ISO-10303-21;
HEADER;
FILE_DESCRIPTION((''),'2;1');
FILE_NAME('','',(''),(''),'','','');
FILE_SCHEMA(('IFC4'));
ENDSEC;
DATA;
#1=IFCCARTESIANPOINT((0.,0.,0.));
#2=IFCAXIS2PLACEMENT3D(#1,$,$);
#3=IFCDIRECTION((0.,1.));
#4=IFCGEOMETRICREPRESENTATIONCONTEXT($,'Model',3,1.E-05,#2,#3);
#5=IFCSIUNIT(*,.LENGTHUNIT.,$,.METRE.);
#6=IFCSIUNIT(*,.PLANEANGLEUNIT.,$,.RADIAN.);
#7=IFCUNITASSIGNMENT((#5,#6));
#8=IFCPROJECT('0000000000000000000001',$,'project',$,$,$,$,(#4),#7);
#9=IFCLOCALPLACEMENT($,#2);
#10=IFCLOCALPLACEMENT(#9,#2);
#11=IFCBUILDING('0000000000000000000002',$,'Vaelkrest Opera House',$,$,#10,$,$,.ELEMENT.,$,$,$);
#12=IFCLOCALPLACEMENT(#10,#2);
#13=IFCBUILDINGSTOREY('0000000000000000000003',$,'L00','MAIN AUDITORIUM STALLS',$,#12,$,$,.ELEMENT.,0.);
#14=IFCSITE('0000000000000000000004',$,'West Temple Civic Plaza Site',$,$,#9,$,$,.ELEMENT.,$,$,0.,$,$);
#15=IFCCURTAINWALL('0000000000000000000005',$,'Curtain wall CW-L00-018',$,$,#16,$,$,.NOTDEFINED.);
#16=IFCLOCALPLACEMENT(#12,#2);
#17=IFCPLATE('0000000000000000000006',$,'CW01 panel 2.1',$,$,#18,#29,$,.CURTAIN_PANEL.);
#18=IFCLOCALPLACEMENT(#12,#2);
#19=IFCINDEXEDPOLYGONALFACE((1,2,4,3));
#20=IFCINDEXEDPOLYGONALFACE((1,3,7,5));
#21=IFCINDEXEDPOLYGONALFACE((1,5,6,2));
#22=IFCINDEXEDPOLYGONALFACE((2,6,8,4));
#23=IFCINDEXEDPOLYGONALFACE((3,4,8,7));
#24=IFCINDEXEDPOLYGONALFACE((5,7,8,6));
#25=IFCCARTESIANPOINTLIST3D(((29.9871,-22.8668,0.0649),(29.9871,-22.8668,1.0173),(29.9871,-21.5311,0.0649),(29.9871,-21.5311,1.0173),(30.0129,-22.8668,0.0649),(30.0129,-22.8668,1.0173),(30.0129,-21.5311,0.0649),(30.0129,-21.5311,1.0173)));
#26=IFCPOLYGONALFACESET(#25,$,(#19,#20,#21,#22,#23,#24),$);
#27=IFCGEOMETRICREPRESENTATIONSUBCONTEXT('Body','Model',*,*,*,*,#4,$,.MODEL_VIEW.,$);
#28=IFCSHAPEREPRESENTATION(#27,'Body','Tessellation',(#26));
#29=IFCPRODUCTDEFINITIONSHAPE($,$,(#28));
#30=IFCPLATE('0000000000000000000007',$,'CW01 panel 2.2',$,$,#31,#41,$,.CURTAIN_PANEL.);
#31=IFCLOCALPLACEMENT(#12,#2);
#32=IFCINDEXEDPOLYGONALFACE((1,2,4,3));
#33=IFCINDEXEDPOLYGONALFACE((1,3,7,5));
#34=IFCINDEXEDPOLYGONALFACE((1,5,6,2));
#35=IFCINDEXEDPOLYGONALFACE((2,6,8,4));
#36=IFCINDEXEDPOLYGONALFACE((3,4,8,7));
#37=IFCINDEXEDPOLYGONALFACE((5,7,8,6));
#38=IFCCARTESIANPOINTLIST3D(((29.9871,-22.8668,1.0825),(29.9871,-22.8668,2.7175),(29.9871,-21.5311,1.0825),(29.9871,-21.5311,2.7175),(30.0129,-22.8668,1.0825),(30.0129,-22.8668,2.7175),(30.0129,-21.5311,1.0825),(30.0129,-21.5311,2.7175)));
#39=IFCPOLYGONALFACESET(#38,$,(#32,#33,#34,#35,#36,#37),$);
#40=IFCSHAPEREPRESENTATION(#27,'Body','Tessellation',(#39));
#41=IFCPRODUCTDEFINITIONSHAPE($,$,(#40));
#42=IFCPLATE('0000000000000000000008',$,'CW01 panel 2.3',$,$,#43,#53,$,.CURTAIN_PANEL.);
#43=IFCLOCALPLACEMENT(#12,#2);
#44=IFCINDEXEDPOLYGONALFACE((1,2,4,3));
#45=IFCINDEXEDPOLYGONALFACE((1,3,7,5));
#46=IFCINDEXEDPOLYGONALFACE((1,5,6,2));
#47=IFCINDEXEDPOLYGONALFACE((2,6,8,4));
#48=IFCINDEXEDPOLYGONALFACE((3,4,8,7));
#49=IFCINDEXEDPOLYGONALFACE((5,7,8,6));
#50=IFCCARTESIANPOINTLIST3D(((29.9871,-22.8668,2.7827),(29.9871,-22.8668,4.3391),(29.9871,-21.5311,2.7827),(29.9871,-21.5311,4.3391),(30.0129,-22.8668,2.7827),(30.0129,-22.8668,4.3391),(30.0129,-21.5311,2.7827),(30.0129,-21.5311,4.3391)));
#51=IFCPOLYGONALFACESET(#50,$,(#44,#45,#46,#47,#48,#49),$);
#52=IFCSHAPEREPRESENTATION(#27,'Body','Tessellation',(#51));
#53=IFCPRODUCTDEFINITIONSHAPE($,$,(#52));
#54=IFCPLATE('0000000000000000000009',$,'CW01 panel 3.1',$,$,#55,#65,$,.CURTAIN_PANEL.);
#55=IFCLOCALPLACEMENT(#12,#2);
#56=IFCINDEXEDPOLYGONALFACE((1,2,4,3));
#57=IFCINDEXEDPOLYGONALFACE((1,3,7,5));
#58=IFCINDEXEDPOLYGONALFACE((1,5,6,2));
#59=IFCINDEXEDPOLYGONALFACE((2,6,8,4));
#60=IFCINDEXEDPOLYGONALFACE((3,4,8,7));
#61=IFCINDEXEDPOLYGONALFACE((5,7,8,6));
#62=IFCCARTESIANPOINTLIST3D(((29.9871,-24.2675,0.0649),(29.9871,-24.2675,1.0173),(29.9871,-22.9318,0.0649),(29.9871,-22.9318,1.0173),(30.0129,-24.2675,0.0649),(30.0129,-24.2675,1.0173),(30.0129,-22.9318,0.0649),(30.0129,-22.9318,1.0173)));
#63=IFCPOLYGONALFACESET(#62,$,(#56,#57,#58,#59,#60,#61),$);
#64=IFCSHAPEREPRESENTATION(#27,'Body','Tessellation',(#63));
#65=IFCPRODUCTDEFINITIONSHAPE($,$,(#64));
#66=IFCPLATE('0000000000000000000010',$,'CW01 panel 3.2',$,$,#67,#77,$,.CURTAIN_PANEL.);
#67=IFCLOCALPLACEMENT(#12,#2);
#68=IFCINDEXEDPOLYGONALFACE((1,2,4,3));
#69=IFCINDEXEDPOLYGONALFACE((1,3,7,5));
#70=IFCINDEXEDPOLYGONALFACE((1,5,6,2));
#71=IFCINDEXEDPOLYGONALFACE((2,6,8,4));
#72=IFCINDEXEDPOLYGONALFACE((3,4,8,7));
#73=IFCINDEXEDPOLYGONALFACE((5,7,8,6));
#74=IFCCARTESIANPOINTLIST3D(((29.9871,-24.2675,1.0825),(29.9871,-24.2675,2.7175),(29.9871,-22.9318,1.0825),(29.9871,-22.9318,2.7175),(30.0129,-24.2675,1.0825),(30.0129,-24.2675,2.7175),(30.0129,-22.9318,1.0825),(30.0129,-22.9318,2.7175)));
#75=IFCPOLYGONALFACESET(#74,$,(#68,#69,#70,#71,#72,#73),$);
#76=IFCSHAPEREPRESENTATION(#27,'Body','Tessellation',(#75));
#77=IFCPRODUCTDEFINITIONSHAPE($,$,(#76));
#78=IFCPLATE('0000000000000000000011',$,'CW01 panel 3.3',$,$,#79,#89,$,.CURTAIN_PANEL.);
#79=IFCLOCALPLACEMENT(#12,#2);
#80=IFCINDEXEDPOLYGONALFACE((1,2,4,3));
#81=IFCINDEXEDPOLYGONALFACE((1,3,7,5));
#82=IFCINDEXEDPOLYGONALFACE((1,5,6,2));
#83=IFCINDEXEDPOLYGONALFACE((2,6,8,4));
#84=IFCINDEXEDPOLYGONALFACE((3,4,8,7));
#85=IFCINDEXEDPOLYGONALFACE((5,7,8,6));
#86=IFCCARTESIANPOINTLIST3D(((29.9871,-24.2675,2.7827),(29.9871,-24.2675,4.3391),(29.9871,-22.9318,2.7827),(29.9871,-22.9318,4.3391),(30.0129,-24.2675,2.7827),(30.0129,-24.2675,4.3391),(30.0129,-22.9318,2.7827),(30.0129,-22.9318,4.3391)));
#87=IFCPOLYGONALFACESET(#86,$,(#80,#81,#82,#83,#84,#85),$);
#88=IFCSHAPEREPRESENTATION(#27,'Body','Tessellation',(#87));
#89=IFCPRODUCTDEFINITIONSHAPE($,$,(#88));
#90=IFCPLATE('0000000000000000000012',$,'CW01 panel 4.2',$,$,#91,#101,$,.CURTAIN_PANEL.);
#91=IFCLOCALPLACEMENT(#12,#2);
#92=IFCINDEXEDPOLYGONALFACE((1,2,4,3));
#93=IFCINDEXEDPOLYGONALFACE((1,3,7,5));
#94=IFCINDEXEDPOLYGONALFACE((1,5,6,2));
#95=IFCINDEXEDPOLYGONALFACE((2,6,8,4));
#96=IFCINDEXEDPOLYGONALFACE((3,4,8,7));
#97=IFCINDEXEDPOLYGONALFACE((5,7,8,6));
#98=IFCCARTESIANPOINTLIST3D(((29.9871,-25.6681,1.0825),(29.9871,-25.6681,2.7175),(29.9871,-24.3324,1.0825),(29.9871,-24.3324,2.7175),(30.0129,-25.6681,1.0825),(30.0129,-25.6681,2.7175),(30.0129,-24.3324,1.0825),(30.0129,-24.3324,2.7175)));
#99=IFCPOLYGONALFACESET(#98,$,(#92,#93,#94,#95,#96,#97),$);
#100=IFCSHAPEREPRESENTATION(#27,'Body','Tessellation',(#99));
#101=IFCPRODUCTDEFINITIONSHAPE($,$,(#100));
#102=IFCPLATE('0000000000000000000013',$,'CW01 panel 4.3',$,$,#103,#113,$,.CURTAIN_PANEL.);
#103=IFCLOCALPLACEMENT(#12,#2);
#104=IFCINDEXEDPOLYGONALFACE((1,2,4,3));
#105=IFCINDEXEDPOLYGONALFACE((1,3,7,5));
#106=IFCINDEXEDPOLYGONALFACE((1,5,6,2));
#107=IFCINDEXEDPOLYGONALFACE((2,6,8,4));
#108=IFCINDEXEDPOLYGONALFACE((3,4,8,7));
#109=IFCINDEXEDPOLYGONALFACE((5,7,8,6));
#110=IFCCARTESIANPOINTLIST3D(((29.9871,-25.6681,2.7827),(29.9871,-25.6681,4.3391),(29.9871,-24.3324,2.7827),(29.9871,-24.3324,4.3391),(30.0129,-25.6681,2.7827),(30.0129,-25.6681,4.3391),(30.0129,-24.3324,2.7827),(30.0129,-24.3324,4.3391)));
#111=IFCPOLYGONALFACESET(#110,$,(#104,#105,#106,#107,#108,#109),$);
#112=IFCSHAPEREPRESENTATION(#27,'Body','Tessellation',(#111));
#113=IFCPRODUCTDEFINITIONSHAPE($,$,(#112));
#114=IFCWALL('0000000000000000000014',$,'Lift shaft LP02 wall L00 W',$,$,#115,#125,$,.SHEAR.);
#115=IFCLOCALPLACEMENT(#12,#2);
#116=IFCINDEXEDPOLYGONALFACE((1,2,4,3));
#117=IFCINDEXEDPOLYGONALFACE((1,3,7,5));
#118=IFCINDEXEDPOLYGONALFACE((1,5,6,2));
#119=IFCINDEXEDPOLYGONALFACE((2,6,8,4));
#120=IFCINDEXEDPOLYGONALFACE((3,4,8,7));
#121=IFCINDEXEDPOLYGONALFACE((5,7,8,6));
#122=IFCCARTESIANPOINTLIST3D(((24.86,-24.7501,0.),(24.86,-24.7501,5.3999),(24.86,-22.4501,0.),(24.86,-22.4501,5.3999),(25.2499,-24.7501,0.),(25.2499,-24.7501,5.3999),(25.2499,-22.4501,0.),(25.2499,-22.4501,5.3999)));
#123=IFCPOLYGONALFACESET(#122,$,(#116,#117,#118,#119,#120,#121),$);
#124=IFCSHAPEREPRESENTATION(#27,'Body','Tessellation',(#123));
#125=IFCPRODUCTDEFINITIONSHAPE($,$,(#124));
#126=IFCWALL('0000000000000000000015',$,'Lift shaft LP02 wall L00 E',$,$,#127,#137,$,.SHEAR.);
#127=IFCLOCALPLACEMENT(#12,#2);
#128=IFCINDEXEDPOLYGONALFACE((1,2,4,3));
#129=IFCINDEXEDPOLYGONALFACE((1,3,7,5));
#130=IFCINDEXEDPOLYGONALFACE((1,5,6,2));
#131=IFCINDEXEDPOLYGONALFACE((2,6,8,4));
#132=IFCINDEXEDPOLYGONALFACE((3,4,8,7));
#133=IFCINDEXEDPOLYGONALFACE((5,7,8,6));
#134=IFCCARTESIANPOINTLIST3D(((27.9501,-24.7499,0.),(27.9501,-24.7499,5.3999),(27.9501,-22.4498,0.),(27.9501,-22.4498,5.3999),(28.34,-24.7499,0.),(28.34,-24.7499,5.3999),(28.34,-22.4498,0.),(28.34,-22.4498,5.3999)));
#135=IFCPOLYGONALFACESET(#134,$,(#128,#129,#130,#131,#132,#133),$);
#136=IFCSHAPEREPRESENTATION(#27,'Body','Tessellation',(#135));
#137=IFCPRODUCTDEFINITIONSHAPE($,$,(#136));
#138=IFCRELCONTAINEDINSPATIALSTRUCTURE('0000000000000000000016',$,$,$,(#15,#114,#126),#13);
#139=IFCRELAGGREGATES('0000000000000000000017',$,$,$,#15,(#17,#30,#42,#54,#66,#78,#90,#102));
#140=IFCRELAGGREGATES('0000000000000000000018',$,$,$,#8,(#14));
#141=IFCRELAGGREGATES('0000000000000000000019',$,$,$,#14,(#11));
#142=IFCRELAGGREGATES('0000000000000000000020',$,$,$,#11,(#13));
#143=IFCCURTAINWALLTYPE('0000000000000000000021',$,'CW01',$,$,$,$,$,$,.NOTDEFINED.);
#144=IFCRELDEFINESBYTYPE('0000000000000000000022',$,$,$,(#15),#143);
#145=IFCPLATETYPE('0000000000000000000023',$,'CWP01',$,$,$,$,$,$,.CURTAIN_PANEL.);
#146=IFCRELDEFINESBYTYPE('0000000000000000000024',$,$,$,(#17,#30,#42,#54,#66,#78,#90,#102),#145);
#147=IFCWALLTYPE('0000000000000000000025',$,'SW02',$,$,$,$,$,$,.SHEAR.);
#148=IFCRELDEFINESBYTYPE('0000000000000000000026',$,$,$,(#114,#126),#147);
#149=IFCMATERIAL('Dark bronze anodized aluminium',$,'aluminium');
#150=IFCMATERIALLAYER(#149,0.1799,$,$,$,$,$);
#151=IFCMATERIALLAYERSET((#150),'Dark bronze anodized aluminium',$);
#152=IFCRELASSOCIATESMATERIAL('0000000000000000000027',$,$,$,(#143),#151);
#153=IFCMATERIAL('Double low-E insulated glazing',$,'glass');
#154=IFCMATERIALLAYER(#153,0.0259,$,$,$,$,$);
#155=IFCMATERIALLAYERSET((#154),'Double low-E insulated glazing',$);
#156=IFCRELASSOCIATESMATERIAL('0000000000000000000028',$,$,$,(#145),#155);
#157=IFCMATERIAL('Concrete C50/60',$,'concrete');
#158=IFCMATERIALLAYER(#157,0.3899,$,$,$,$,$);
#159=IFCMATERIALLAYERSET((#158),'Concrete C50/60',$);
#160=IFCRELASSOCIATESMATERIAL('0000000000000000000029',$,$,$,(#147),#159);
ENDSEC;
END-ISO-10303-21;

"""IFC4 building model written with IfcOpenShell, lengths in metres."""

from ifc_helpers import new_model, si_unit, direction, frame, frame_2d, origin, origin_2d, place, context, subcontext, project, spatial, rectangle, extrude, material, layer, layer_set, type_object, element, aggregate, save


model = new_model("IFC4")

# Units and contexts
model_context = context("Model", 3, precision=1e-05, world=origin(), true_north=direction((0.0, 1.0)))
body_context = subcontext(model_context, "Body", "Model", "MODEL_VIEW")
ifc_project = project(units=[si_unit("LENGTHUNIT", "METRE"), si_unit("PLANEANGLEUNIT", "RADIAN")], contexts=[model_context])

# Site, building, storey
site_placement = place(None, origin())
site = spatial("IfcSite", under=ifc_project, at=site_placement, Name="West Temple Civic Plaza Site", CompositionType="ELEMENT", RefElevation=0.0)
building_placement = place(site_placement, origin())
building = spatial("IfcBuilding", under=site, at=building_placement, Name="Vaelkrest Opera House", CompositionType="ELEMENT")
storey_placement = place(building_placement, origin())
storey = spatial("IfcBuildingStorey", under=building, at=storey_placement, Name="L00", Description="MAIN AUDITORIUM STALLS", CompositionType="ELEMENT", Elevation=0.0)

# Curtain wall
ifc_material_1 = material(Name="Dark bronze anodized aluminium", Category="aluminium")
ifc_layer_1 = layer(ifc_material_1, 0.1799)
ifc_layer_set_1 = layer_set([ifc_layer_1], Name="Dark bronze anodized aluminium")
curtain_wall_type = type_object("IfcCurtainWallType", Name="CW01", PredefinedType="NOTDEFINED", material=ifc_layer_set_1)
curtain_wall_placement = place(storey_placement, origin())
curtain_wall = element("IfcCurtainWall", 1, at=curtain_wall_placement, inside=storey, type_object=curtain_wall_type, Name="Curtain wall CW-L00-018", PredefinedType="NOTDEFINED")

# Plates
ifc_material_2 = material(Name="Double low-E insulated glazing", Category="glass")
ifc_layer_2 = layer(ifc_material_2, 0.0259)
ifc_layer_set_2 = layer_set([ifc_layer_2], Name="Double low-E insulated glazing")
plate_type = type_object("IfcPlateType", Name="CWP01", PredefinedType="CURTAIN_PANEL", material=ifc_layer_set_2)
plate_1_placement = place(storey_placement, frame((30.0, -22.199, 0.0649), z_axis=(0.0, 0.0, 1.0), x_axis=(0.0, -1.0, 0.0)))
plate_1 = element("IfcPlate", 2, at=plate_1_placement, type_object=plate_type, Name="CW01 panel 2.1", PredefinedType="CURTAIN_PANEL", context=body_context, shape_type="SweptSolid", body=[
    extrude(rectangle(XDim=1.3357, YDim=0.0259, at=origin_2d()), origin(), (0.0, 0.0, 1.0), 0.9524),
])
plate_2_placement = place(storey_placement, frame((30.0, -22.199, 1.0825), z_axis=(0.0, 0.0, 1.0), x_axis=(0.0, -1.0, 0.0)))
plate_2 = element("IfcPlate", 3, at=plate_2_placement, type_object=plate_type, Name="CW01 panel 2.2", PredefinedType="CURTAIN_PANEL", context=body_context, shape_type="SweptSolid", body=[
    extrude(rectangle(XDim=1.3357, YDim=0.0259, at=origin_2d()), origin(), (0.0, 0.0, 1.0), 1.635),
])
plate_3_placement = place(storey_placement, frame((30.0, -22.199, 2.7827), z_axis=(0.0, 0.0, 1.0), x_axis=(0.0, -1.0, 0.0)))
plate_3 = element("IfcPlate", 4, at=plate_3_placement, type_object=plate_type, Name="CW01 panel 2.3", PredefinedType="CURTAIN_PANEL", context=body_context, shape_type="SweptSolid", body=[
    extrude(rectangle(XDim=1.3357, YDim=0.0259, at=origin_2d()), origin(), (0.0, 0.0, 1.0), 1.5564),
])
plate_4_placement = place(storey_placement, frame((30.0, -23.5996, 0.0649), z_axis=(0.0, 0.0, 1.0), x_axis=(0.0, -1.0, 0.0)))
plate_4 = element("IfcPlate", 5, at=plate_4_placement, type_object=plate_type, Name="CW01 panel 3.1", PredefinedType="CURTAIN_PANEL", context=body_context, shape_type="SweptSolid", body=[
    extrude(rectangle(XDim=1.3357, YDim=0.0259, at=origin_2d()), origin(), (0.0, 0.0, 1.0), 0.9524),
])
plate_5_placement = place(storey_placement, frame((30.0, -23.5996, 1.0825), z_axis=(0.0, 0.0, 1.0), x_axis=(0.0, -1.0, 0.0)))
plate_5 = element("IfcPlate", 6, at=plate_5_placement, type_object=plate_type, Name="CW01 panel 3.2", PredefinedType="CURTAIN_PANEL", context=body_context, shape_type="SweptSolid", body=[
    extrude(rectangle(XDim=1.3357, YDim=0.0259, at=origin_2d()), origin(), (0.0, 0.0, 1.0), 1.635),
])
plate_6_placement = place(storey_placement, frame((30.0, -23.5996, 2.7827), z_axis=(0.0, 0.0, 1.0), x_axis=(0.0, -1.0, 0.0)))
plate_6 = element("IfcPlate", 7, at=plate_6_placement, type_object=plate_type, Name="CW01 panel 3.3", PredefinedType="CURTAIN_PANEL", context=body_context, shape_type="SweptSolid", body=[
    extrude(rectangle(XDim=1.3357, YDim=0.0259, at=origin_2d()), origin(), (0.0, 0.0, 1.0), 1.5564),
])
plate_7_placement = place(storey_placement, frame((30.0, -25.0002, 1.0825), z_axis=(0.0, 0.0, 1.0), x_axis=(0.0, -1.0, 0.0)))
plate_7 = element("IfcPlate", 8, at=plate_7_placement, type_object=plate_type, Name="CW01 panel 4.2", PredefinedType="CURTAIN_PANEL", context=body_context, shape_type="SweptSolid", body=[
    extrude(rectangle(XDim=1.3357, YDim=0.0259, at=origin_2d()), origin(), (0.0, 0.0, 1.0), 1.635),
])
plate_8_placement = place(storey_placement, frame((30.0, -25.0002, 2.7827), z_axis=(0.0, 0.0, 1.0), x_axis=(0.0, -1.0, 0.0)))
plate_8 = element("IfcPlate", 9, at=plate_8_placement, type_object=plate_type, Name="CW01 panel 4.3", PredefinedType="CURTAIN_PANEL", context=body_context, shape_type="SweptSolid", body=[
    extrude(rectangle(XDim=1.3357, YDim=0.0259, at=origin_2d()), origin(), (0.0, 0.0, 1.0), 1.5564),
])
aggregate(curtain_wall, [plate_1, plate_2, plate_3, plate_4, plate_5, plate_6, plate_7, plate_8])

# Shared definitions
ifc_material_3 = material(Name="Concrete C50/60", Category="concrete")
ifc_layer_3 = layer(ifc_material_3, 0.3899)
ifc_layer_set_3 = layer_set([ifc_layer_3], Name="Concrete C50/60")
wall_type = type_object("IfcWallType", Name="SW02", PredefinedType="SHEAR", material=ifc_layer_set_3)

# Walls
for number, where, z_axis, x_axis, name in (
    (10, (25.0549, -24.75, 0.0), (0.0, 0.0, 1.0), (0.0, 1.0, 0.0), "Lift shaft LP02 wall L00 W"),
    (11, (28.145, -22.45, 0.0), (0.0, 0.0, 1.0), (0.0, -1.0, 0.0), "Lift shaft LP02 wall L00 E"),
):
    element("IfcWall", number, at=place(storey_placement, frame(where, z_axis=z_axis, x_axis=x_axis)), inside=storey, type_object=wall_type, Name=name, PredefinedType="SHEAR", context=body_context, shape_type="SweptSolid", body=[
        extrude(rectangle(XDim=2.3, YDim=0.3899, at=frame_2d((1.1499, 0.0))), origin(), (0.0, 0.0, 1.0), 5.3999),
    ])

save(model, "model.ifc")
